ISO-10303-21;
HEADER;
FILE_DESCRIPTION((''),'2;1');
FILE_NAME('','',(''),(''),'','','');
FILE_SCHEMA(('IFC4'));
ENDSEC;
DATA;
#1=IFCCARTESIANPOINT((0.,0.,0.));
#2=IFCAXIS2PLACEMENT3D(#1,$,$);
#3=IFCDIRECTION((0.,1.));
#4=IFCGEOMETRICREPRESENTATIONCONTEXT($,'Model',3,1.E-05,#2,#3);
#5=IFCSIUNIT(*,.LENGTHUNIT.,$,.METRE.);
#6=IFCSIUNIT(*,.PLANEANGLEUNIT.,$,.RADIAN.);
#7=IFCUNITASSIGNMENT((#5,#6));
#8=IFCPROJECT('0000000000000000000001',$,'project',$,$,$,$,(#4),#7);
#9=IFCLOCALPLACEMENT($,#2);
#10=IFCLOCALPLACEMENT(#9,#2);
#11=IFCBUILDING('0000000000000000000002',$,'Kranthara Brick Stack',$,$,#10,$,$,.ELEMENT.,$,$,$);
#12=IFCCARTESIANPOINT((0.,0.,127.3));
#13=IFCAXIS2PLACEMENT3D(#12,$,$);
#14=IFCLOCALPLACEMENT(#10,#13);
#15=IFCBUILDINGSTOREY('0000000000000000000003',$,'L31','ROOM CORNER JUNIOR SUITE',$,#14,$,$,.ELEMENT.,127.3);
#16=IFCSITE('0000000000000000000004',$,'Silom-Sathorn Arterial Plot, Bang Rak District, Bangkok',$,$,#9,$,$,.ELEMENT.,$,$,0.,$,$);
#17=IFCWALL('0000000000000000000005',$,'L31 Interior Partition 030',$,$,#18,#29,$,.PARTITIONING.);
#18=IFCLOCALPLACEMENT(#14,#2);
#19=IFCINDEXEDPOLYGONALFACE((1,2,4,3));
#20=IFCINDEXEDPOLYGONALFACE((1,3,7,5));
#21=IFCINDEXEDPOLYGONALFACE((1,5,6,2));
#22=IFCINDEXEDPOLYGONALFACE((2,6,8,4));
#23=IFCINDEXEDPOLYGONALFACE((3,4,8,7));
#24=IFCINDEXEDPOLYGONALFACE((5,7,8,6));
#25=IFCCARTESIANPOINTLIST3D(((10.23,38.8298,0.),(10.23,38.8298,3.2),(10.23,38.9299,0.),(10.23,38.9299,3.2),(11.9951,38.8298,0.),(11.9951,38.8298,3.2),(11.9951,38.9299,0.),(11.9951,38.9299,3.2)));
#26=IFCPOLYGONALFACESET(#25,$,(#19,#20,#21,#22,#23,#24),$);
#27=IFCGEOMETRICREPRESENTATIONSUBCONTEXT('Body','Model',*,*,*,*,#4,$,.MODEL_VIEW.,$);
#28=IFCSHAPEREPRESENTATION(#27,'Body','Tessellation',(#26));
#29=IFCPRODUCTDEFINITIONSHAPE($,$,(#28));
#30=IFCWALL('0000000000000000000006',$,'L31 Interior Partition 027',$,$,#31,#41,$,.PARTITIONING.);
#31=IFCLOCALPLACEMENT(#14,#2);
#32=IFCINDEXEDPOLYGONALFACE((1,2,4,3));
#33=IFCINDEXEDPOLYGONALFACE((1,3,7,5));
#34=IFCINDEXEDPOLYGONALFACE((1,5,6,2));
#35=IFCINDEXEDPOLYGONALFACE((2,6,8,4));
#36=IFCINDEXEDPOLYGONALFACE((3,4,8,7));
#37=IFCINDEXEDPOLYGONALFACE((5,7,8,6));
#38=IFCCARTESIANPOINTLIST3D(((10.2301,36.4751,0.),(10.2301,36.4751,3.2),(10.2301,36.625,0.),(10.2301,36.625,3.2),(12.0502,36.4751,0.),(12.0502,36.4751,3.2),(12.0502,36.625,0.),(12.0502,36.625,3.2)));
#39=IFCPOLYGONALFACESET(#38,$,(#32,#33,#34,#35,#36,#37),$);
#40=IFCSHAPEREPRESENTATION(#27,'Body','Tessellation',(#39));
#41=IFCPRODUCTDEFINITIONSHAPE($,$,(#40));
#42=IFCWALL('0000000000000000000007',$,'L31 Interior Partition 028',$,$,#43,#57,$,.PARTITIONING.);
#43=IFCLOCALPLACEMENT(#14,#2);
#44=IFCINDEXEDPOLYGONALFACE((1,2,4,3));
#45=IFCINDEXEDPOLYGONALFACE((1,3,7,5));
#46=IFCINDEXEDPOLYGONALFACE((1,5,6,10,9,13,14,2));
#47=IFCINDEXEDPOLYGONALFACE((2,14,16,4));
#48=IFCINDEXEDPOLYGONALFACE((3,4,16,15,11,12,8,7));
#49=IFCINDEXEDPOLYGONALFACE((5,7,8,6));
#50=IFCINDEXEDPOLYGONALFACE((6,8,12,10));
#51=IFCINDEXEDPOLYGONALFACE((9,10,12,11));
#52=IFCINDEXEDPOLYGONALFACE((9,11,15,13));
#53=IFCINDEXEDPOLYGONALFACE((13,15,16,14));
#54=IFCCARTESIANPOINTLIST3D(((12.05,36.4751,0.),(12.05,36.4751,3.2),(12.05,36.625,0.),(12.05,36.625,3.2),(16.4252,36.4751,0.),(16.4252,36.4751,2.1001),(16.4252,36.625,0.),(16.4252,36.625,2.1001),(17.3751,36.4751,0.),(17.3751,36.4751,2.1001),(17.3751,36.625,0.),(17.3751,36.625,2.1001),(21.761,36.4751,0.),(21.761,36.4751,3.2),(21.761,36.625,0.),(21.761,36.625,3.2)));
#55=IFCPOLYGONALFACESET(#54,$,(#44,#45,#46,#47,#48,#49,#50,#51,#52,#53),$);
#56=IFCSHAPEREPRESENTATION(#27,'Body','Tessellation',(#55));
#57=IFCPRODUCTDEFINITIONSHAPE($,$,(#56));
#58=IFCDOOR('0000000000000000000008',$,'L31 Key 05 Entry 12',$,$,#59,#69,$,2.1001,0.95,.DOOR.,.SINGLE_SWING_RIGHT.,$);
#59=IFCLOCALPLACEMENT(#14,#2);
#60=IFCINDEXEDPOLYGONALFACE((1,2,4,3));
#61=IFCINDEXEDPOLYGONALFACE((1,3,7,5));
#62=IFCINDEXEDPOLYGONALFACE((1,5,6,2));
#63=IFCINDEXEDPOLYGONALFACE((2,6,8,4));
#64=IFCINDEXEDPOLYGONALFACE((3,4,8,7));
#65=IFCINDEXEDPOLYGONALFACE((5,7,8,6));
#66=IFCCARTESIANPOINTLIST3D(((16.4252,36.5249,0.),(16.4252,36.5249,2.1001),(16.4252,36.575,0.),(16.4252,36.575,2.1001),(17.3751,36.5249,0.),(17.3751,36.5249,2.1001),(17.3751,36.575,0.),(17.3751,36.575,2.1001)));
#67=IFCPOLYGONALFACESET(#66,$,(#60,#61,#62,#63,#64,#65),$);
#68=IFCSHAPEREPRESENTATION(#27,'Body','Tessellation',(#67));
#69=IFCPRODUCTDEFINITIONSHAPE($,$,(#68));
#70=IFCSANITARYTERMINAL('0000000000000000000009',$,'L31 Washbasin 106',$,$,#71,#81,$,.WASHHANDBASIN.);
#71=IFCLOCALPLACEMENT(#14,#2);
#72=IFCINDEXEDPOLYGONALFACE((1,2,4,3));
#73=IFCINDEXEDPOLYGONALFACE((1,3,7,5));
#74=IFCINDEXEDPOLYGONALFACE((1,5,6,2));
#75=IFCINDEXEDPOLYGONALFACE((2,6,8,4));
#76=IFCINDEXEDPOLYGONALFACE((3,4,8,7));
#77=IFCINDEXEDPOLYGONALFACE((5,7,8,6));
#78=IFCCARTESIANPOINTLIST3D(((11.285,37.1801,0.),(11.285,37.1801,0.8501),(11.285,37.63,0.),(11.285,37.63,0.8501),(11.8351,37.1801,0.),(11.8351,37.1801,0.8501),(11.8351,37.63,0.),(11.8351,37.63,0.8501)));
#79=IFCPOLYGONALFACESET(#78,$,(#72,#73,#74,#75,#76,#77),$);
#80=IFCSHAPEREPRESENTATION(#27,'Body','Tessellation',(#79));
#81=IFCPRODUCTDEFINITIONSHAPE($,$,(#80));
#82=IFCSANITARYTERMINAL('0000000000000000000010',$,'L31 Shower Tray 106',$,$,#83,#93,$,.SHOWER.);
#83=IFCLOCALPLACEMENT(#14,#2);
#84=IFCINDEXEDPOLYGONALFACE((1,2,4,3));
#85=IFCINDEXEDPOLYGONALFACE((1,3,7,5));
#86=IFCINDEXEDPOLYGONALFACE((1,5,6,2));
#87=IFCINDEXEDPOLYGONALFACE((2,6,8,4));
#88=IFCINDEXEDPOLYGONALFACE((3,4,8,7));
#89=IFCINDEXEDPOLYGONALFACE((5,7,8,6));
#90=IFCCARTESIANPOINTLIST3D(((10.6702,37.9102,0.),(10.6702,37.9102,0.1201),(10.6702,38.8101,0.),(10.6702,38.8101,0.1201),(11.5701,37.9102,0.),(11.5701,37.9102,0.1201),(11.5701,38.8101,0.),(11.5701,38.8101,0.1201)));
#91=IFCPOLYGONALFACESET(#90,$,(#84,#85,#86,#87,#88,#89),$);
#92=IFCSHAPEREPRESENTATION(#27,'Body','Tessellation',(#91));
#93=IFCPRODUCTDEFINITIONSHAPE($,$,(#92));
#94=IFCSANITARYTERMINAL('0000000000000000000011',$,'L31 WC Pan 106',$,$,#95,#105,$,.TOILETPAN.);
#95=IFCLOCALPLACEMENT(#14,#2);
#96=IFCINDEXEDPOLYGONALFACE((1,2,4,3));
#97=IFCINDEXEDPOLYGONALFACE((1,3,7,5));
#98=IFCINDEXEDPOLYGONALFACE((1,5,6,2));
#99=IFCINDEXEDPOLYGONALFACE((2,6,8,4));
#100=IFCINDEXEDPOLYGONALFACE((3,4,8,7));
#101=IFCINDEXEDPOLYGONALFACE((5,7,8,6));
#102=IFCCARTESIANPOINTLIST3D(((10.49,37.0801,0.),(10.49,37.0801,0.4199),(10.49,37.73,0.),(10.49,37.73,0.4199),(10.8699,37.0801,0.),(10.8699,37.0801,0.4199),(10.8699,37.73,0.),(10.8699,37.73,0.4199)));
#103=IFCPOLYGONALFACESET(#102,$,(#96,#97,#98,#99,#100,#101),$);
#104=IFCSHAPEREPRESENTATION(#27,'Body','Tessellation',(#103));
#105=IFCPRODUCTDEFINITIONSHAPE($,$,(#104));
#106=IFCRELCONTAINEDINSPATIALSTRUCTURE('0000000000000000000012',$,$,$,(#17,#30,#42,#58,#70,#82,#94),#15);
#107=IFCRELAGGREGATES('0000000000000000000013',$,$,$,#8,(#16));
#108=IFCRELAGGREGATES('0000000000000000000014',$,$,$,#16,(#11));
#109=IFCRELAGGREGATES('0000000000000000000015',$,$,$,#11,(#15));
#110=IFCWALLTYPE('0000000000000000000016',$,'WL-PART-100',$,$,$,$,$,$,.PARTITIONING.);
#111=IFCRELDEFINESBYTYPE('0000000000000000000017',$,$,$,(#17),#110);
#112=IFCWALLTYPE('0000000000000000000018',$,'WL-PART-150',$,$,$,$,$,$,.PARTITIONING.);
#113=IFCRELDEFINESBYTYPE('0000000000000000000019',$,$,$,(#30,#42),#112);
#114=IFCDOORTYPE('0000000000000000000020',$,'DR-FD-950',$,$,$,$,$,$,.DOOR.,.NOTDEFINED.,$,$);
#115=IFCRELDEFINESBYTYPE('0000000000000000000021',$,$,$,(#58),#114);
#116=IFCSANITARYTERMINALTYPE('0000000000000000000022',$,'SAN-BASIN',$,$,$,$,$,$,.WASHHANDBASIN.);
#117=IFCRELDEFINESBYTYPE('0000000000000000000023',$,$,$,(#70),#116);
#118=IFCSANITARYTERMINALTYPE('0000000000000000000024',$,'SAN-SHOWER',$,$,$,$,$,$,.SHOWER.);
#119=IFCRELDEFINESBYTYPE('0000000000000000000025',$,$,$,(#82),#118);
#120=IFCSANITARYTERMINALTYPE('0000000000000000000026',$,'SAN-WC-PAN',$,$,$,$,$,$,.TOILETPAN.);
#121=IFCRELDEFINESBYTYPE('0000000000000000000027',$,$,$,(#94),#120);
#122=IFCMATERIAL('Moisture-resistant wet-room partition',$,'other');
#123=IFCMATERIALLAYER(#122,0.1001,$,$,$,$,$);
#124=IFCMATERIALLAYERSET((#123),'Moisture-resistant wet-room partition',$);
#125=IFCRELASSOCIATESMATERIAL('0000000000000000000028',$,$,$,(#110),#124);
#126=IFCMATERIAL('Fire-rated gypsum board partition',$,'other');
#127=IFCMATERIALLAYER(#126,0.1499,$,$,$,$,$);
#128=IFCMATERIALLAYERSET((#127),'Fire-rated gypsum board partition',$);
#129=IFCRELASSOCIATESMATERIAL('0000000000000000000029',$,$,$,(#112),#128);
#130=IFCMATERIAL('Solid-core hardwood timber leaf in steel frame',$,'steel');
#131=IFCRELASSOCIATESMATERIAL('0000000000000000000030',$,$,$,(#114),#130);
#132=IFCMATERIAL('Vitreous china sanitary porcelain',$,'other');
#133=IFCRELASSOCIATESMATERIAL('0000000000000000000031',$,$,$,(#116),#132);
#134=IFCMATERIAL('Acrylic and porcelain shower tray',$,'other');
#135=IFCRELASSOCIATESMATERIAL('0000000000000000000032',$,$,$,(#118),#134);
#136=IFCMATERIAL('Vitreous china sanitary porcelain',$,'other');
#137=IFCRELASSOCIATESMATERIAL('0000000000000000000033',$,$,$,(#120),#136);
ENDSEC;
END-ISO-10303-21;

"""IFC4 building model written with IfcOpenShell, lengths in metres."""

from ifc_helpers import new_model, si_unit, direction, frame, frame_2d, origin, origin_2d, place, context, subcontext, project, spatial, rectangle, extrude, material, layer, layer_set, type_object, element, fill, save


model = new_model("IFC4")

# Units and contexts
model_context = context("Model", 3, precision=1e-05, world=origin(), true_north=direction((0.0, 1.0)))
body_context = subcontext(model_context, "Body", "Model", "MODEL_VIEW")
ifc_project = project(units=[si_unit("LENGTHUNIT", "METRE"), si_unit("PLANEANGLEUNIT", "RADIAN")], contexts=[model_context])

# Site, building, storey
site_placement = place(None, origin())
site = spatial("IfcSite", under=ifc_project, at=site_placement, Name="Silom-Sathorn Arterial Plot, Bang Rak District, Bangkok", CompositionType="ELEMENT", RefElevation=0.0)
building_placement = place(site_placement, origin())
building = spatial("IfcBuilding", under=site, at=building_placement, Name="Kranthara Brick Stack", CompositionType="ELEMENT")
storey_placement = place(building_placement, frame((0.0, 0.0, 127.3)))
storey = spatial("IfcBuildingStorey", under=building, at=storey_placement, Name="L31", Description="ROOM CORNER JUNIOR SUITE", CompositionType="ELEMENT", Elevation=127.3)

# Shared definitions
ifc_material_1 = material(Name="Moisture-resistant wet-room partition", Category="other")
ifc_layer_1 = layer(ifc_material_1, 0.1001)
ifc_layer_set_1 = layer_set([ifc_layer_1], Name="Moisture-resistant wet-room partition")
wall_type_1 = type_object("IfcWallType", Name="WL-PART-100", PredefinedType="PARTITIONING", material=ifc_layer_set_1)

# Walls
wall_1_placement = place(storey_placement, frame((10.23, 38.8799, 0.0), z_axis=(0.0, 0.0, 1.0), x_axis=(1.0, 0.0, 0.0)))
element("IfcWall", 1, at=wall_1_placement, inside=storey, type_object=wall_type_1, Name="L31 Interior Partition 030", PredefinedType="PARTITIONING", context=body_context, shape_type="SweptSolid", body=[
    extrude(rectangle(XDim=1.7651, YDim=0.1001, at=frame_2d((0.8826, 0.0))), origin(), (0.0, 0.0, 1.0), 3.2),
])
ifc_material_2 = material(Name="Fire-rated gypsum board partition", Category="other")
ifc_layer_2 = layer(ifc_material_2, 0.1499)
ifc_layer_set_2 = layer_set([ifc_layer_2], Name="Fire-rated gypsum board partition")
wall_type_2 = type_object("IfcWallType", Name="WL-PART-150", PredefinedType="PARTITIONING", material=ifc_layer_set_2)
wall_2_placement = place(storey_placement, frame((10.23, 36.55, 0.0), z_axis=(0.0, 0.0, 1.0), x_axis=(1.0, 0.0, 0.0)))
element("IfcWall", 2, at=wall_2_placement, inside=storey, type_object=wall_type_2, Name="L31 Interior Partition 027", PredefinedType="PARTITIONING", context=body_context, shape_type="SweptSolid", body=[
    extrude(rectangle(XDim=1.8201, YDim=0.1499, at=frame_2d((0.9102, 0.0))), origin(), (0.0, 0.0, 1.0), 3.2),
])

# Wall, opening, door
wall_3_placement = place(storey_placement, frame((12.05, 36.55, 0.0), z_axis=(0.0, 0.0, 1.0), x_axis=(1.0, 0.0, 0.0)))
wall_3 = element("IfcWall", 3, at=wall_3_placement, inside=storey, type_object=wall_type_2, Name="L31 Interior Partition 028", PredefinedType="PARTITIONING", context=body_context, shape_type="SweptSolid", body=[
    extrude(rectangle(XDim=9.7109, YDim=0.1499, at=frame_2d((4.8555, 0.0))), origin(), (0.0, 0.0, 1.0), 3.2),
])
opening_1_placement = place(wall_3_placement, frame((4.375, 0.0, 0.0)))
opening_1 = element("IfcOpeningElement", 4, at=opening_1_placement, cuts=wall_3, PredefinedType="OPENING", context=body_context, shape_type="SweptSolid", body=[
    extrude(rectangle(XDim=0.95, YDim=2.1001, at=frame_2d((0.4751, 1.05))), frame((0.0, 0.085, 0.0), z_axis=(0.0, -1.0, 0.0), x_axis=(1.0, 0.0, 0.0)), (0.0, 0.0, 1.0), 0.1699),
])
ifc_material_3 = material(Name="Solid-core hardwood timber leaf in steel frame", Category="steel")
door_type_1 = type_object("IfcDoorType", Name="DR-FD-950", OperationType="NOTDEFINED", PredefinedType="DOOR", material=ifc_material_3)
door_1_placement = place(opening_1_placement, origin())
door_1 = element("IfcDoor", 5, at=door_1_placement, inside=storey, type_object=door_type_1, Name="L31 Key 05 Entry 12", OperationType="SINGLE_SWING_RIGHT", OverallHeight=2.1001, OverallWidth=0.95, PredefinedType="DOOR", context=body_context, shape_type="SweptSolid", body=[
    extrude(rectangle(XDim=0.95, YDim=2.1001, at=frame_2d((0.4751, 1.05))), frame((0.0, 0.0249, 0.0), z_axis=(0.0, -1.0, 0.0), x_axis=(1.0, 0.0, 0.0)), (0.0, 0.0, 1.0), 0.05),
])
fill(opening_1, door_1)

# Sanitary terminals
ifc_material_4 = material(Name="Vitreous china sanitary porcelain", Category="other")
sanitary_terminal_type_1 = type_object("IfcSanitaryTerminalType", Name="SAN-BASIN", PredefinedType="WASHHANDBASIN", material=ifc_material_4)
sanitary_terminal_1_placement = place(storey_placement, frame((11.5601, 37.405, 0.0), z_axis=(0.0, 0.0, 1.0), x_axis=(1.0, 0.0, 0.0)))
element("IfcSanitaryTerminal", 6, at=sanitary_terminal_1_placement, inside=storey, type_object=sanitary_terminal_type_1, Name="L31 Washbasin 106", PredefinedType="WASHHANDBASIN", context=body_context, shape_type="SweptSolid", body=[
    extrude(rectangle(XDim=0.55, YDim=0.45, at=origin_2d()), origin(), (0.0, 0.0, 1.0), 0.8501),
])
ifc_material_5 = material(Name="Acrylic and porcelain shower tray", Category="other")
sanitary_terminal_type_2 = type_object("IfcSanitaryTerminalType", Name="SAN-SHOWER", PredefinedType="SHOWER", material=ifc_material_5)
sanitary_terminal_2_placement = place(storey_placement, frame((11.1201, 38.3601, 0.0), z_axis=(0.0, 0.0, 1.0), x_axis=(1.0, 0.0, 0.0)))
element("IfcSanitaryTerminal", 7, at=sanitary_terminal_2_placement, inside=storey, type_object=sanitary_terminal_type_2, Name="L31 Shower Tray 106", PredefinedType="SHOWER", context=body_context, shape_type="SweptSolid", body=[
    extrude(rectangle(XDim=0.8999, YDim=0.8999, at=origin_2d()), origin(), (0.0, 0.0, 1.0), 0.1201),
])
ifc_material_6 = material(Name="Vitreous china sanitary porcelain", Category="other")
sanitary_terminal_type_3 = type_object("IfcSanitaryTerminalType", Name="SAN-WC-PAN", PredefinedType="TOILETPAN", material=ifc_material_6)
sanitary_terminal_3_placement = place(storey_placement, frame((10.6799, 37.405, 0.0), z_axis=(0.0, 0.0, 1.0), x_axis=(1.0, 0.0, 0.0)))
element("IfcSanitaryTerminal", 8, at=sanitary_terminal_3_placement, inside=storey, type_object=sanitary_terminal_type_3, Name="L31 WC Pan 106", PredefinedType="TOILETPAN", context=body_context, shape_type="SweptSolid", body=[
    extrude(rectangle(XDim=0.3799, YDim=0.6499, at=origin_2d()), origin(), (0.0, 0.0, 1.0), 0.4199),
])

save(model, "model.ifc")
